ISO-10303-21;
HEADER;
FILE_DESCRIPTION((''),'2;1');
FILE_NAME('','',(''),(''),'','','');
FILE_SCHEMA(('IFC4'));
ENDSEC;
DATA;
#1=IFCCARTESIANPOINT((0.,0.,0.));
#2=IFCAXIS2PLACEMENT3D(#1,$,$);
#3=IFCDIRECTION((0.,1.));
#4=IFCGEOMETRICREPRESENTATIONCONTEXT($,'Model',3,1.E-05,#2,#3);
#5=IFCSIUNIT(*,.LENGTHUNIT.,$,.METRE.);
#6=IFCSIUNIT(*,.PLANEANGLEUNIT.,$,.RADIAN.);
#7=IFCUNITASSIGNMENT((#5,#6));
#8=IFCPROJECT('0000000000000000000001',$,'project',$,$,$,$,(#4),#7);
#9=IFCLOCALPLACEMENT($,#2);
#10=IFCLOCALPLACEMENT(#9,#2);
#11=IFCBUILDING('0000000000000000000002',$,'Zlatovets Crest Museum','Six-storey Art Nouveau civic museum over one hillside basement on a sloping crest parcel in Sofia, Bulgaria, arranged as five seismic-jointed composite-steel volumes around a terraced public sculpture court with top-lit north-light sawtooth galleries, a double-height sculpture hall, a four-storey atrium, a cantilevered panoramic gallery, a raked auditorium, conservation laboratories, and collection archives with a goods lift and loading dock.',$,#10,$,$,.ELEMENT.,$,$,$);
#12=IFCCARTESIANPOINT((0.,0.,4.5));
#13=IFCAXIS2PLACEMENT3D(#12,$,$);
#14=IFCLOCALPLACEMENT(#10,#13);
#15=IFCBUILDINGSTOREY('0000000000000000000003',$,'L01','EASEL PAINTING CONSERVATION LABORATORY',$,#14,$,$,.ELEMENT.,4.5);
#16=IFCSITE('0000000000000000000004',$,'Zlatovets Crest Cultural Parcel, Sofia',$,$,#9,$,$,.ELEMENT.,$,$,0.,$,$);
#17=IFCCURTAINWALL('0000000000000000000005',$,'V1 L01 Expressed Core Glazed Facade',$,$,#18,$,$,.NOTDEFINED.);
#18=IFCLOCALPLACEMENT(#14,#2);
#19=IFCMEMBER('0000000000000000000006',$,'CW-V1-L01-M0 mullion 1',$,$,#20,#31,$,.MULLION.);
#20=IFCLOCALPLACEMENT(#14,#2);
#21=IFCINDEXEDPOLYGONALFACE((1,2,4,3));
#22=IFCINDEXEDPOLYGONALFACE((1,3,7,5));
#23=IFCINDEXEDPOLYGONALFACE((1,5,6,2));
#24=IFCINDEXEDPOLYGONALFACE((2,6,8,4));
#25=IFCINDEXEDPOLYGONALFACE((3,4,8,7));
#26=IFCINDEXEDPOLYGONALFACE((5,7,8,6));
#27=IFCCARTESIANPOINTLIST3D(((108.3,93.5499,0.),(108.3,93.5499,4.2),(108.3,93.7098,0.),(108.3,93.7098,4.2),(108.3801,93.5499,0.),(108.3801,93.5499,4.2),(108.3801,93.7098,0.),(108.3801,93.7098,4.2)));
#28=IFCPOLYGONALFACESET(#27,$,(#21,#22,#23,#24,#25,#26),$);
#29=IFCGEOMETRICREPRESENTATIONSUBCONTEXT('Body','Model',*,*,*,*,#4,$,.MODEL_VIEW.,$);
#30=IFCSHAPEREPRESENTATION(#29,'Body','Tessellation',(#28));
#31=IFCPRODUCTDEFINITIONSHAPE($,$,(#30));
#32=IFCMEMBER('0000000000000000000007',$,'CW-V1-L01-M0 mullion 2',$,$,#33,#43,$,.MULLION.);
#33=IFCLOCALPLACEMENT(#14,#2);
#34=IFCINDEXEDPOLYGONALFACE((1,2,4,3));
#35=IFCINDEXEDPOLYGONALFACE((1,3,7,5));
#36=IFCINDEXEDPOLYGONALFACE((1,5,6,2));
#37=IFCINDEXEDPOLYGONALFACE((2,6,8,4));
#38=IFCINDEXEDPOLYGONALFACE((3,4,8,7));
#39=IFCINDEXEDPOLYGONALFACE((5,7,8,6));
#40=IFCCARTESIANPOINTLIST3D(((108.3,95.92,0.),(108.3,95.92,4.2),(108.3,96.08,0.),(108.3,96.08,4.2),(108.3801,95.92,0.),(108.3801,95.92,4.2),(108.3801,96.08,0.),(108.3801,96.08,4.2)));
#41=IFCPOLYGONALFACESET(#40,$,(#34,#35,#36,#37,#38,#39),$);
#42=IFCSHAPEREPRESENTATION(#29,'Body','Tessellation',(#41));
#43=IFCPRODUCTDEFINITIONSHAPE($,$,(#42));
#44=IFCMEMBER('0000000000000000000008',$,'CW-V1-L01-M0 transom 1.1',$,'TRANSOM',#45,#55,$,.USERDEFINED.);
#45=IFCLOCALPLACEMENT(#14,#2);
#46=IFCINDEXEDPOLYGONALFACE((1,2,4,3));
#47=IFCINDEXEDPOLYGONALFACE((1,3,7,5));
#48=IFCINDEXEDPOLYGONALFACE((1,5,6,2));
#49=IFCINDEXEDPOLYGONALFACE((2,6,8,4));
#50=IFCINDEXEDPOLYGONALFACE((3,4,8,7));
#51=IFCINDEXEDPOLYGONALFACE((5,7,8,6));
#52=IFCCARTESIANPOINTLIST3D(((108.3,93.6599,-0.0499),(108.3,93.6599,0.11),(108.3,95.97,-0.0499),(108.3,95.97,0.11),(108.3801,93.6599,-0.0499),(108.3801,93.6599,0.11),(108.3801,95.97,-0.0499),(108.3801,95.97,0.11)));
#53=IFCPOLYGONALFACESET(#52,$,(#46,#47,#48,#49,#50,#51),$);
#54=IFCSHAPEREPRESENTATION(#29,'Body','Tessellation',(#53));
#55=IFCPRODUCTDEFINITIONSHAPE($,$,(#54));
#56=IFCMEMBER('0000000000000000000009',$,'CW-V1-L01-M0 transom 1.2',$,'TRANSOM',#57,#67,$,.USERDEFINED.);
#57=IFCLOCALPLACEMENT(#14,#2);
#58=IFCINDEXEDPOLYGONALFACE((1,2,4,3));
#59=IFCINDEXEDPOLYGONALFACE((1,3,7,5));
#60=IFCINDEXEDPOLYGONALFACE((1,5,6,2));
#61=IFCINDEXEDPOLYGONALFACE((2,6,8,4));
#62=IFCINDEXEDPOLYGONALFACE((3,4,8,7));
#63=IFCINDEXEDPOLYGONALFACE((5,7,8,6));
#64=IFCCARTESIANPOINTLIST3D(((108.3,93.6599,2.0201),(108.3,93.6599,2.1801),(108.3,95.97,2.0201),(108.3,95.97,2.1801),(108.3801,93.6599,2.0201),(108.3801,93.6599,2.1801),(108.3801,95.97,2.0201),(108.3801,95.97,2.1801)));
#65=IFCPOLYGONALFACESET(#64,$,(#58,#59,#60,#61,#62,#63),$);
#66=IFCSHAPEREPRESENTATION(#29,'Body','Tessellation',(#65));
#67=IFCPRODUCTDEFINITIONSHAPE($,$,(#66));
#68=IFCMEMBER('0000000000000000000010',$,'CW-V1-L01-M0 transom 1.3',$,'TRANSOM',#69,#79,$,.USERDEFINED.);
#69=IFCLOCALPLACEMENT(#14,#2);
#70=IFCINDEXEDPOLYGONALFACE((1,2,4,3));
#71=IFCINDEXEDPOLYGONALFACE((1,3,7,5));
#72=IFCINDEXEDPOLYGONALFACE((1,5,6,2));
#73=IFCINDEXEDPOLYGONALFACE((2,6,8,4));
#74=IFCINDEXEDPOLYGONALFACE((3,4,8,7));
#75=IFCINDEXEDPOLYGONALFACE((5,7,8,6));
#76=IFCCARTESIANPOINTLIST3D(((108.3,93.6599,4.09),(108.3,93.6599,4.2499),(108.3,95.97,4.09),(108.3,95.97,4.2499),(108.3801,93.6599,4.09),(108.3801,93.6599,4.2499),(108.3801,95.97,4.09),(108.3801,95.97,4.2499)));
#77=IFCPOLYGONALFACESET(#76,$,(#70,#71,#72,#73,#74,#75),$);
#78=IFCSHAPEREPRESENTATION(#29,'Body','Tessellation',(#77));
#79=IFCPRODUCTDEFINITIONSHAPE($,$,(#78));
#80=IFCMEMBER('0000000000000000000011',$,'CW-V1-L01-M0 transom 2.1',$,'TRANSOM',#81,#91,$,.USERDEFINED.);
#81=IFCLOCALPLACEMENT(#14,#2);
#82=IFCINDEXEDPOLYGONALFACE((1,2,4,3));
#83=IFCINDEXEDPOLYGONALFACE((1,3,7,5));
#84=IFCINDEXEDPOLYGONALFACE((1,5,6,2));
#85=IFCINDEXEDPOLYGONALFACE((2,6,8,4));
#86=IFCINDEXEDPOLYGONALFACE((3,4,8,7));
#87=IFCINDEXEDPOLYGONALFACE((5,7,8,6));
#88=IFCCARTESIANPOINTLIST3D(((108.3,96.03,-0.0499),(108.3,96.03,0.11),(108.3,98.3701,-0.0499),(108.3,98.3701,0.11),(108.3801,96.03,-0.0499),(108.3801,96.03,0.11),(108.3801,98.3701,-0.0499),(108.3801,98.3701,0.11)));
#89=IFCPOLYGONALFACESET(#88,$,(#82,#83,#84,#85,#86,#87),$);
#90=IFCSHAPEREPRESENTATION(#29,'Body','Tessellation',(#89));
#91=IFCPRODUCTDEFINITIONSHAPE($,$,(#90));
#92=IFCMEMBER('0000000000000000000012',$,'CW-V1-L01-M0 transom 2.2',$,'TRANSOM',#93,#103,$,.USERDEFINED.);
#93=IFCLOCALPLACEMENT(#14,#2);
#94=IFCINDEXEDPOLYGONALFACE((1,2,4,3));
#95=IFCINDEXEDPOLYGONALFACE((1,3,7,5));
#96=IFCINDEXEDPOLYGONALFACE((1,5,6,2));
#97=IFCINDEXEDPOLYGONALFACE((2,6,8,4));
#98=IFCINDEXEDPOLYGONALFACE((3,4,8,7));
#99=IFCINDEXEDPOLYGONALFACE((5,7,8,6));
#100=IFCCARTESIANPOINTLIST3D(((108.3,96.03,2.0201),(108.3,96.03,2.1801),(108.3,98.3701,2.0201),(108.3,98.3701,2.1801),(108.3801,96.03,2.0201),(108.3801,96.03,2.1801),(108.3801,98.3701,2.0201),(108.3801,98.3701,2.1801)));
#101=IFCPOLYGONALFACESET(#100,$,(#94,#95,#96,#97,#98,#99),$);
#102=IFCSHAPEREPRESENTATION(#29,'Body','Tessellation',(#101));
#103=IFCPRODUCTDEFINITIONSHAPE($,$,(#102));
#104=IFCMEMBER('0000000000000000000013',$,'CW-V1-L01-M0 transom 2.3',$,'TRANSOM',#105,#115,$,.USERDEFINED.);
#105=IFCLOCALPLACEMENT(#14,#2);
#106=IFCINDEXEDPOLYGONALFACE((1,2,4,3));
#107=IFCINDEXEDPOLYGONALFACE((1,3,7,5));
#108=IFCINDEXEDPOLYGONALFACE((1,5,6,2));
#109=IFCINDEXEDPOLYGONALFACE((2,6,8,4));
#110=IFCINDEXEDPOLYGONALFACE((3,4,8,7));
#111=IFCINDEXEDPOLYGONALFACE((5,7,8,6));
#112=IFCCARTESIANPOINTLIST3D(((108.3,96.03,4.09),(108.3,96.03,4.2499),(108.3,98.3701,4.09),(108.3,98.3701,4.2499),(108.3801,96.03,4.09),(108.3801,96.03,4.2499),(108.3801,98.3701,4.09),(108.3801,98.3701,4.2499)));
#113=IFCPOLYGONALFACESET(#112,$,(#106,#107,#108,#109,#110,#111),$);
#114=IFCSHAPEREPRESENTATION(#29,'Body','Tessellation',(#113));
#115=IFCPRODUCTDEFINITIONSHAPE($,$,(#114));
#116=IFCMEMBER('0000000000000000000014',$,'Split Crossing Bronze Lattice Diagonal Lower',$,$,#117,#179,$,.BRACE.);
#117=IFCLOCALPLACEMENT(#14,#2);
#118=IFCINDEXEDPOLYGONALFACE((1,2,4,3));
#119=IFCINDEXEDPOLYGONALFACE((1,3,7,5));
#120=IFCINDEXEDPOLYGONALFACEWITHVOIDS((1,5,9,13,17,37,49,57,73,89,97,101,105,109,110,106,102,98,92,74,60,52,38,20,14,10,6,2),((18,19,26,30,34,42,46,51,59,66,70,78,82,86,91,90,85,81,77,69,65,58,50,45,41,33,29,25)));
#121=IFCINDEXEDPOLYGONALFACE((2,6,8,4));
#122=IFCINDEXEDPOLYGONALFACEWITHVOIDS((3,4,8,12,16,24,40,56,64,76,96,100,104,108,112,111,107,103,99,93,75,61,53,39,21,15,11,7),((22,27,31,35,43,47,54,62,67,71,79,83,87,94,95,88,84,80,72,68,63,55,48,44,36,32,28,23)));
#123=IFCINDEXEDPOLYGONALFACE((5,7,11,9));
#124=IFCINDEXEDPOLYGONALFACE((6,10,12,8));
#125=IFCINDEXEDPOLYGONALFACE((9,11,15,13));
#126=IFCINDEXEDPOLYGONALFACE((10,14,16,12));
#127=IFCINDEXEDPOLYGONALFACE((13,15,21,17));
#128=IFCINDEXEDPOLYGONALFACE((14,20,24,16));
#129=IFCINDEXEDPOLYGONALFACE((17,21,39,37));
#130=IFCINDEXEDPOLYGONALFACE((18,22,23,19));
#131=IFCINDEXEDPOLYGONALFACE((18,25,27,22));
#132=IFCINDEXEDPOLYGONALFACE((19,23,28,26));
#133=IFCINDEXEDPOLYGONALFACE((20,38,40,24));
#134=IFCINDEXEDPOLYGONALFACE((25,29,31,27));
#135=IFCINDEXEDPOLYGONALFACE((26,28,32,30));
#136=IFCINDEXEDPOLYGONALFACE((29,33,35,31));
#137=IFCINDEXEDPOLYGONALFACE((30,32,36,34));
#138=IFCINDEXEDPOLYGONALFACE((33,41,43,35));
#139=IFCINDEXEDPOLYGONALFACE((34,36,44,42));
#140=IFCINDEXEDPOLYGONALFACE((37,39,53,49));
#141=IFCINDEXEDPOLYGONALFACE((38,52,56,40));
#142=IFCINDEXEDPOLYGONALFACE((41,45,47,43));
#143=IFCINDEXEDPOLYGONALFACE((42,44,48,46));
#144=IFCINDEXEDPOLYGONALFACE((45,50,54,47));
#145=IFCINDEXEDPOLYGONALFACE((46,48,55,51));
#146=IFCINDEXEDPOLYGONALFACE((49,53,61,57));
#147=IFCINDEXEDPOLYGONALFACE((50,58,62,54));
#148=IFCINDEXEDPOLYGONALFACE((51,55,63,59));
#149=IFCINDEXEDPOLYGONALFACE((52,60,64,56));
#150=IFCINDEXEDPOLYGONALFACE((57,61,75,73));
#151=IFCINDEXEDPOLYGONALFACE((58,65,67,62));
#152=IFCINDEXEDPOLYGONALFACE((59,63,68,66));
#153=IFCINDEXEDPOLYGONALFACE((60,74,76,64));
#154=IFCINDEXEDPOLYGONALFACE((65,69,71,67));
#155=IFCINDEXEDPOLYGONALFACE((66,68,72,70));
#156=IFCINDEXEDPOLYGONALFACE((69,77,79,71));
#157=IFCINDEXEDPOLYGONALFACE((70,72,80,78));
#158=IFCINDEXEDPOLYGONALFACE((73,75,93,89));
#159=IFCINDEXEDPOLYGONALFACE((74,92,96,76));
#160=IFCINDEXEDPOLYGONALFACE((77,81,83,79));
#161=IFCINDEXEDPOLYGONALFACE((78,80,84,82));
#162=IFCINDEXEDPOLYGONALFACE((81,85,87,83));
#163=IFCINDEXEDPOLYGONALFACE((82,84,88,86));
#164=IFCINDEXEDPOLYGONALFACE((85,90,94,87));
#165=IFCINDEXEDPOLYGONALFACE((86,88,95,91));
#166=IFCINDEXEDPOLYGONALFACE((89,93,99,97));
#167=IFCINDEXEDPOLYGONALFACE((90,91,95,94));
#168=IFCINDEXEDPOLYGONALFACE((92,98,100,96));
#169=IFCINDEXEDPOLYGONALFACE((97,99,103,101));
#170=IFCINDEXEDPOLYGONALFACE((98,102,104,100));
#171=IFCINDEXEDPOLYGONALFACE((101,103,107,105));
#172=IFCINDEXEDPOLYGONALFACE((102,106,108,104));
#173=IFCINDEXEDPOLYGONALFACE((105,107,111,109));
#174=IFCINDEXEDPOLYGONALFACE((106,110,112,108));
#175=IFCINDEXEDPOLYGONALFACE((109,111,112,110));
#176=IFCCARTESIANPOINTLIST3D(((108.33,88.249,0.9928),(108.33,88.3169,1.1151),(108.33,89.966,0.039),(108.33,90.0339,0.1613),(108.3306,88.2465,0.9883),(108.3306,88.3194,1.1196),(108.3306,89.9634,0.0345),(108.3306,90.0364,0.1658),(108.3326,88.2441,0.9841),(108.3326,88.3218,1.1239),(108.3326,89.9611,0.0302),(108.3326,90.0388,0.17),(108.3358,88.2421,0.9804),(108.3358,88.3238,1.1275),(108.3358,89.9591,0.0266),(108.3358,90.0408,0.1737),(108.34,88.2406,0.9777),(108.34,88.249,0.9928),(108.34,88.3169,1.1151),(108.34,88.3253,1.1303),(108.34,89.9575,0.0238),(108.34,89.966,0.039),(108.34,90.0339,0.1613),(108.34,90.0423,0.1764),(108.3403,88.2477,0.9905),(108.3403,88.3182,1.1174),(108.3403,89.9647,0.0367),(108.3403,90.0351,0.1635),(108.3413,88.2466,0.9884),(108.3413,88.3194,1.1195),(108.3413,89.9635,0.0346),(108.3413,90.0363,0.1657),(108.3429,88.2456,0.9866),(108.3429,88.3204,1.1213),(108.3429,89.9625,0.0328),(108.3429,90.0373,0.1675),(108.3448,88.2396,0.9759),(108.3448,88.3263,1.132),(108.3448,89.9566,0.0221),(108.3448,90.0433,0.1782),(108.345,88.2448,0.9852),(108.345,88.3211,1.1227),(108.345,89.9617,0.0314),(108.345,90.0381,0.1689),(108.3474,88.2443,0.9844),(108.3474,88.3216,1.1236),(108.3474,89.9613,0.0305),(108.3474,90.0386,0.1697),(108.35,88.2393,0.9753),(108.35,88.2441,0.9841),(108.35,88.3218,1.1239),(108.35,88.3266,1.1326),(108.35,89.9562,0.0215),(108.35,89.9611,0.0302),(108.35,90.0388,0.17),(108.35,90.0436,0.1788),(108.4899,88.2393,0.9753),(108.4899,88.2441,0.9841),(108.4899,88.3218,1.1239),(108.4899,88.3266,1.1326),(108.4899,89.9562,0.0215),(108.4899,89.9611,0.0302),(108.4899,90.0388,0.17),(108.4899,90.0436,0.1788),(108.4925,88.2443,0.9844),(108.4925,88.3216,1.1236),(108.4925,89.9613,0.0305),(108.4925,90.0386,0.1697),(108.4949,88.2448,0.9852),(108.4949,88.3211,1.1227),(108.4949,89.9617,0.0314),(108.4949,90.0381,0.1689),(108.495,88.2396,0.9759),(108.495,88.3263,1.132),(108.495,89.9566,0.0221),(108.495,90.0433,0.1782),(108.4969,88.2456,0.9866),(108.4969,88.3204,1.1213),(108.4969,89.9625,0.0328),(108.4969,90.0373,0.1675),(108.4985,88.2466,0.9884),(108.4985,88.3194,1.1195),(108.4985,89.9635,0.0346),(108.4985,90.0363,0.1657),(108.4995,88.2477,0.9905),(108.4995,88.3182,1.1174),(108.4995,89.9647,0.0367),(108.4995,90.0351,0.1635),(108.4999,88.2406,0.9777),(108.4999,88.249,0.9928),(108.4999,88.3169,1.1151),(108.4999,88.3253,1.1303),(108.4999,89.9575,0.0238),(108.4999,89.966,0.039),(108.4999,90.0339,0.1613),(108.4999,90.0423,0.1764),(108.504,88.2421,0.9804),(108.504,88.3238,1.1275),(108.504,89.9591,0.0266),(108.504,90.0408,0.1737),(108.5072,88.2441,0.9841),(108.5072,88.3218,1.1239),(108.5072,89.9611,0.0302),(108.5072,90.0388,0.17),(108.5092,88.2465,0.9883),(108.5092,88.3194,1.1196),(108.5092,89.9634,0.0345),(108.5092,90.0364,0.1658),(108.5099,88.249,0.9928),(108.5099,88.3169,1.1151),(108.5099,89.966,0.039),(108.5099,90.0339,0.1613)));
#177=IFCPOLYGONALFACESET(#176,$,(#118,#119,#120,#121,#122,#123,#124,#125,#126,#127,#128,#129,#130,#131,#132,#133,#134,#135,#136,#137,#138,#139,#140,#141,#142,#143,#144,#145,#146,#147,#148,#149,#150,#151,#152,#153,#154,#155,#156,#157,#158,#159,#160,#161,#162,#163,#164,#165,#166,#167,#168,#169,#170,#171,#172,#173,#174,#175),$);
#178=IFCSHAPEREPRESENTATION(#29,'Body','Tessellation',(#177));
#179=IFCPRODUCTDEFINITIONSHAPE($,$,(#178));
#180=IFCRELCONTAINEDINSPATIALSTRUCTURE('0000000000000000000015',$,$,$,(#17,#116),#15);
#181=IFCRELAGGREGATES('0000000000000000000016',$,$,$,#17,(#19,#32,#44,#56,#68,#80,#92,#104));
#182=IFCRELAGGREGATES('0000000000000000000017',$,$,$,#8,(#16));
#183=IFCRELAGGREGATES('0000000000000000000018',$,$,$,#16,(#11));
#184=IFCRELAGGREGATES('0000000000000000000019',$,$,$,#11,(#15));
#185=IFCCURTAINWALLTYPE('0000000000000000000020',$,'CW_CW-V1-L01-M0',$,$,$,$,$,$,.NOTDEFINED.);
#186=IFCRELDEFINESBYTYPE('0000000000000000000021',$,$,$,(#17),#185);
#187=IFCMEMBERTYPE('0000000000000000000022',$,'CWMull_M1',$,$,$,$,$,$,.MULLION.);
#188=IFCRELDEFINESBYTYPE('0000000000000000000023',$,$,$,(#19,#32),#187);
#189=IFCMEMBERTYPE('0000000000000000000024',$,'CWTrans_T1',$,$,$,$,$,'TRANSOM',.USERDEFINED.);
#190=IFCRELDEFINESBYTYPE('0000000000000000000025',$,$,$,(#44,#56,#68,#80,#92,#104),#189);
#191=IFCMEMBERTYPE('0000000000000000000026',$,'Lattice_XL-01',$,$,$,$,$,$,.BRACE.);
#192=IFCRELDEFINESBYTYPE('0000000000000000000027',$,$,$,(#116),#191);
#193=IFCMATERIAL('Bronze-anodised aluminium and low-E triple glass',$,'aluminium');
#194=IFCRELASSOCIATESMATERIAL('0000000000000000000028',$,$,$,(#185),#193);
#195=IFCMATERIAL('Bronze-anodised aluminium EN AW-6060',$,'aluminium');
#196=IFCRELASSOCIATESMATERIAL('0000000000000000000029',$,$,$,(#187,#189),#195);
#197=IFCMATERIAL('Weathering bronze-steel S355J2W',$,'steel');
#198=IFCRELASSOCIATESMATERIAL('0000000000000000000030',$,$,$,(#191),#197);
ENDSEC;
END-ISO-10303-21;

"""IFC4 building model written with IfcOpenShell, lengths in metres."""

from ifc_helpers import new_model, si_unit, direction, frame, origin, origin_2d, place, context, subcontext, project, spatial, rectangle, hollow_rectangle, extrude, material, material_profile, profile_set, type_object, element, aggregate, save


model = new_model("IFC4")

# Units and contexts
model_context = context("Model", 3, precision=1e-05, world=origin(), true_north=direction((0.0, 1.0)))
body_context = subcontext(model_context, "Body", "Model", "MODEL_VIEW")
ifc_project = project(units=[si_unit("LENGTHUNIT", "METRE"), si_unit("PLANEANGLEUNIT", "RADIAN")], contexts=[model_context])

# Site, building, storey
site_placement = place(None, origin())
site = spatial("IfcSite", under=ifc_project, at=site_placement, Name="Zlatovets Crest Cultural Parcel, Sofia", CompositionType="ELEMENT", RefElevation=0.0)
building_placement = place(site_placement, origin())
building = spatial("IfcBuilding", under=site, at=building_placement, Name="Zlatovets Crest Museum", Description="Six-storey Art Nouveau civic museum over one hillside basement on a sloping crest parcel in Sofia, Bulgaria, arranged as five seismic-jointed composite-steel volumes around a terraced public sculpture court with top-lit north-light sawtooth galleries, a double-height sculpture hall, a four-storey atrium, a cantilevered panoramic gallery, a raked auditorium, conservation laboratories, and collection archives with a goods lift and loading dock.", CompositionType="ELEMENT")
storey_placement = place(building_placement, frame((0.0, 0.0, 4.5)))
storey = spatial("IfcBuildingStorey", under=building, at=storey_placement, Name="L01", Description="EASEL PAINTING CONSERVATION LABORATORY", CompositionType="ELEMENT", Elevation=4.5)

# Curtain wall, members
ifc_material_1 = material(Name="Bronze-anodised aluminium and low-E triple glass", Category="aluminium")
curtain_wall_type = type_object("IfcCurtainWallType", Name="CW_CW-V1-L01-M0", PredefinedType="NOTDEFINED", material=ifc_material_1)
curtain_wall_placement = place(storey_placement, origin())
curtain_wall = element("IfcCurtainWall", 1, at=curtain_wall_placement, inside=storey, type_object=curtain_wall_type, Name="V1 L01 Expressed Core Glazed Facade", PredefinedType="NOTDEFINED")
ifc_material_2 = material(Name="Bronze-anodised aluminium EN AW-6060", Category="aluminium")
ifc_material_profile_1 = material_profile(ifc_material_2, rectangle(XDim=0.0801, YDim=0.1599, at=origin_2d()), Name="ALU 80x160")
ifc_profile_set_1 = profile_set([ifc_material_profile_1], Name="Bronze-anodised aluminium EN AW-6060")
member_type_1 = type_object("IfcMemberType", Name="CWMull_M1", PredefinedType="MULLION", material=ifc_profile_set_1)
member_1_placement = place(storey_placement, frame((108.3401, 93.6299, 0.0), z_axis=(0.0, 0.0, 1.0), x_axis=(-1.0, 0.0, 0.0)))
member_1 = element("IfcMember", 2, at=member_1_placement, type_object=member_type_1, Name="CW-V1-L01-M0 mullion 1", PredefinedType="MULLION", context=body_context, shape_type="SweptSolid", body=[
    extrude(rectangle(XDim=0.0801, YDim=0.1599, at=origin_2d()), origin(), (0.0, 0.0, 1.0), 4.2),
])
member_2_placement = place(storey_placement, frame((108.3401, 96.0, 0.0), z_axis=(0.0, 0.0, 1.0), x_axis=(-1.0, 0.0, 0.0)))
member_2 = element("IfcMember", 3, at=member_2_placement, type_object=member_type_1, Name="CW-V1-L01-M0 mullion 2", PredefinedType="MULLION", context=body_context, shape_type="SweptSolid", body=[
    extrude(rectangle(XDim=0.0801, YDim=0.1599, at=origin_2d()), origin(), (0.0, 0.0, 1.0), 4.2),
])
ifc_material_profile_2 = material_profile(ifc_material_2, rectangle(XDim=0.0801, YDim=0.1599, at=origin_2d()), Name="ALU 80x160")
ifc_profile_set_2 = profile_set([ifc_material_profile_2], Name="Bronze-anodised aluminium EN AW-6060")
member_type_2 = type_object("IfcMemberType", Name="CWTrans_T1", ElementType="TRANSOM", PredefinedType="USERDEFINED", material=ifc_profile_set_2)
member_3_placement = place(storey_placement, frame((108.3401, 93.6599, 0.03), z_axis=(0.0, 1.0, 0.0), x_axis=(-1.0, 0.0, 0.0)))
member_3 = element("IfcMember", 4, at=member_3_placement, type_object=member_type_2, Name="CW-V1-L01-M0 transom 1.1", ObjectType="TRANSOM", PredefinedType="USERDEFINED", context=body_context, shape_type="SweptSolid", body=[
    extrude(rectangle(XDim=0.0801, YDim=0.1599, at=origin_2d()), origin(), (0.0, 0.0, 1.0), 2.3101),
])
member_4_placement = place(storey_placement, frame((108.3401, 93.6599, 2.1001), z_axis=(0.0, 1.0, 0.0), x_axis=(-1.0, 0.0, 0.0)))
member_4 = element("IfcMember", 5, at=member_4_placement, type_object=member_type_2, Name="CW-V1-L01-M0 transom 1.2", ObjectType="TRANSOM", PredefinedType="USERDEFINED", context=body_context, shape_type="SweptSolid", body=[
    extrude(rectangle(XDim=0.0801, YDim=0.1599, at=origin_2d()), origin(), (0.0, 0.0, 1.0), 2.3101),
])
member_5_placement = place(storey_placement, frame((108.3401, 93.6599, 4.1699), z_axis=(0.0, 1.0, 0.0), x_axis=(-1.0, 0.0, 0.0)))
member_5 = element("IfcMember", 6, at=member_5_placement, type_object=member_type_2, Name="CW-V1-L01-M0 transom 1.3", ObjectType="TRANSOM", PredefinedType="USERDEFINED", context=body_context, shape_type="SweptSolid", body=[
    extrude(rectangle(XDim=0.0801, YDim=0.1599, at=origin_2d()), origin(), (0.0, 0.0, 1.0), 2.3101),
])
member_6_placement = place(storey_placement, frame((108.3401, 96.03, 0.03), z_axis=(0.0, 1.0, 0.0), x_axis=(-1.0, 0.0, 0.0)))
member_6 = element("IfcMember", 7, at=member_6_placement, type_object=member_type_2, Name="CW-V1-L01-M0 transom 2.1", ObjectType="TRANSOM", PredefinedType="USERDEFINED", context=body_context, shape_type="SweptSolid", body=[
    extrude(rectangle(XDim=0.0801, YDim=0.1599, at=origin_2d()), origin(), (0.0, 0.0, 1.0), 2.3401),
])
member_7_placement = place(storey_placement, frame((108.3401, 96.03, 2.1001), z_axis=(0.0, 1.0, 0.0), x_axis=(-1.0, 0.0, 0.0)))
member_7 = element("IfcMember", 8, at=member_7_placement, type_object=member_type_2, Name="CW-V1-L01-M0 transom 2.2", ObjectType="TRANSOM", PredefinedType="USERDEFINED", context=body_context, shape_type="SweptSolid", body=[
    extrude(rectangle(XDim=0.0801, YDim=0.1599, at=origin_2d()), origin(), (0.0, 0.0, 1.0), 2.3401),
])
member_8_placement = place(storey_placement, frame((108.3401, 96.03, 4.1699), z_axis=(0.0, 1.0, 0.0), x_axis=(-1.0, 0.0, 0.0)))
member_8 = element("IfcMember", 9, at=member_8_placement, type_object=member_type_2, Name="CW-V1-L01-M0 transom 2.3", ObjectType="TRANSOM", PredefinedType="USERDEFINED", context=body_context, shape_type="SweptSolid", body=[
    extrude(rectangle(XDim=0.0801, YDim=0.1599, at=origin_2d()), origin(), (0.0, 0.0, 1.0), 2.3401),
])

# Member
ifc_material_3 = material(Name="Weathering bronze-steel S355J2W", Category="steel")
ifc_material_profile_3 = material_profile(ifc_material_3, hollow_rectangle(XDim=0.1799, YDim=0.1799, WallThickness=0.01, InnerFilletRadius=0.01, OuterFilletRadius=0.02, at=origin_2d()), Name="SHS 180x180x10.0")
ifc_profile_set_3 = profile_set([ifc_material_profile_3], Name="Weathering bronze-steel S355J2W")
member_type_3 = type_object("IfcMemberType", Name="Lattice_XL-01", PredefinedType="BRACE", material=ifc_profile_set_3)
member_9_placement = place(storey_placement, frame((108.4199, 88.283, 1.054), z_axis=(0.0, 0.874169, -0.485622), x_axis=(-1.0, 0.0, 0.0)))
element("IfcMember", 10, at=member_9_placement, inside=storey, type_object=member_type_3, Name="Split Crossing Bronze Lattice Diagonal Lower", PredefinedType="BRACE", context=body_context, shape_type="SweptSolid", body=[
    extrude(hollow_rectangle(XDim=0.1799, YDim=0.1799, WallThickness=0.01, InnerFilletRadius=0.01, OuterFilletRadius=0.02, at=origin_2d()), origin(), (0.0, 0.0, 1.0), 1.9641),
])

aggregate(curtain_wall, [member_1, member_2, member_3, member_4, member_5, member_6, member_7, member_8])

save(model, "model.ifc")
